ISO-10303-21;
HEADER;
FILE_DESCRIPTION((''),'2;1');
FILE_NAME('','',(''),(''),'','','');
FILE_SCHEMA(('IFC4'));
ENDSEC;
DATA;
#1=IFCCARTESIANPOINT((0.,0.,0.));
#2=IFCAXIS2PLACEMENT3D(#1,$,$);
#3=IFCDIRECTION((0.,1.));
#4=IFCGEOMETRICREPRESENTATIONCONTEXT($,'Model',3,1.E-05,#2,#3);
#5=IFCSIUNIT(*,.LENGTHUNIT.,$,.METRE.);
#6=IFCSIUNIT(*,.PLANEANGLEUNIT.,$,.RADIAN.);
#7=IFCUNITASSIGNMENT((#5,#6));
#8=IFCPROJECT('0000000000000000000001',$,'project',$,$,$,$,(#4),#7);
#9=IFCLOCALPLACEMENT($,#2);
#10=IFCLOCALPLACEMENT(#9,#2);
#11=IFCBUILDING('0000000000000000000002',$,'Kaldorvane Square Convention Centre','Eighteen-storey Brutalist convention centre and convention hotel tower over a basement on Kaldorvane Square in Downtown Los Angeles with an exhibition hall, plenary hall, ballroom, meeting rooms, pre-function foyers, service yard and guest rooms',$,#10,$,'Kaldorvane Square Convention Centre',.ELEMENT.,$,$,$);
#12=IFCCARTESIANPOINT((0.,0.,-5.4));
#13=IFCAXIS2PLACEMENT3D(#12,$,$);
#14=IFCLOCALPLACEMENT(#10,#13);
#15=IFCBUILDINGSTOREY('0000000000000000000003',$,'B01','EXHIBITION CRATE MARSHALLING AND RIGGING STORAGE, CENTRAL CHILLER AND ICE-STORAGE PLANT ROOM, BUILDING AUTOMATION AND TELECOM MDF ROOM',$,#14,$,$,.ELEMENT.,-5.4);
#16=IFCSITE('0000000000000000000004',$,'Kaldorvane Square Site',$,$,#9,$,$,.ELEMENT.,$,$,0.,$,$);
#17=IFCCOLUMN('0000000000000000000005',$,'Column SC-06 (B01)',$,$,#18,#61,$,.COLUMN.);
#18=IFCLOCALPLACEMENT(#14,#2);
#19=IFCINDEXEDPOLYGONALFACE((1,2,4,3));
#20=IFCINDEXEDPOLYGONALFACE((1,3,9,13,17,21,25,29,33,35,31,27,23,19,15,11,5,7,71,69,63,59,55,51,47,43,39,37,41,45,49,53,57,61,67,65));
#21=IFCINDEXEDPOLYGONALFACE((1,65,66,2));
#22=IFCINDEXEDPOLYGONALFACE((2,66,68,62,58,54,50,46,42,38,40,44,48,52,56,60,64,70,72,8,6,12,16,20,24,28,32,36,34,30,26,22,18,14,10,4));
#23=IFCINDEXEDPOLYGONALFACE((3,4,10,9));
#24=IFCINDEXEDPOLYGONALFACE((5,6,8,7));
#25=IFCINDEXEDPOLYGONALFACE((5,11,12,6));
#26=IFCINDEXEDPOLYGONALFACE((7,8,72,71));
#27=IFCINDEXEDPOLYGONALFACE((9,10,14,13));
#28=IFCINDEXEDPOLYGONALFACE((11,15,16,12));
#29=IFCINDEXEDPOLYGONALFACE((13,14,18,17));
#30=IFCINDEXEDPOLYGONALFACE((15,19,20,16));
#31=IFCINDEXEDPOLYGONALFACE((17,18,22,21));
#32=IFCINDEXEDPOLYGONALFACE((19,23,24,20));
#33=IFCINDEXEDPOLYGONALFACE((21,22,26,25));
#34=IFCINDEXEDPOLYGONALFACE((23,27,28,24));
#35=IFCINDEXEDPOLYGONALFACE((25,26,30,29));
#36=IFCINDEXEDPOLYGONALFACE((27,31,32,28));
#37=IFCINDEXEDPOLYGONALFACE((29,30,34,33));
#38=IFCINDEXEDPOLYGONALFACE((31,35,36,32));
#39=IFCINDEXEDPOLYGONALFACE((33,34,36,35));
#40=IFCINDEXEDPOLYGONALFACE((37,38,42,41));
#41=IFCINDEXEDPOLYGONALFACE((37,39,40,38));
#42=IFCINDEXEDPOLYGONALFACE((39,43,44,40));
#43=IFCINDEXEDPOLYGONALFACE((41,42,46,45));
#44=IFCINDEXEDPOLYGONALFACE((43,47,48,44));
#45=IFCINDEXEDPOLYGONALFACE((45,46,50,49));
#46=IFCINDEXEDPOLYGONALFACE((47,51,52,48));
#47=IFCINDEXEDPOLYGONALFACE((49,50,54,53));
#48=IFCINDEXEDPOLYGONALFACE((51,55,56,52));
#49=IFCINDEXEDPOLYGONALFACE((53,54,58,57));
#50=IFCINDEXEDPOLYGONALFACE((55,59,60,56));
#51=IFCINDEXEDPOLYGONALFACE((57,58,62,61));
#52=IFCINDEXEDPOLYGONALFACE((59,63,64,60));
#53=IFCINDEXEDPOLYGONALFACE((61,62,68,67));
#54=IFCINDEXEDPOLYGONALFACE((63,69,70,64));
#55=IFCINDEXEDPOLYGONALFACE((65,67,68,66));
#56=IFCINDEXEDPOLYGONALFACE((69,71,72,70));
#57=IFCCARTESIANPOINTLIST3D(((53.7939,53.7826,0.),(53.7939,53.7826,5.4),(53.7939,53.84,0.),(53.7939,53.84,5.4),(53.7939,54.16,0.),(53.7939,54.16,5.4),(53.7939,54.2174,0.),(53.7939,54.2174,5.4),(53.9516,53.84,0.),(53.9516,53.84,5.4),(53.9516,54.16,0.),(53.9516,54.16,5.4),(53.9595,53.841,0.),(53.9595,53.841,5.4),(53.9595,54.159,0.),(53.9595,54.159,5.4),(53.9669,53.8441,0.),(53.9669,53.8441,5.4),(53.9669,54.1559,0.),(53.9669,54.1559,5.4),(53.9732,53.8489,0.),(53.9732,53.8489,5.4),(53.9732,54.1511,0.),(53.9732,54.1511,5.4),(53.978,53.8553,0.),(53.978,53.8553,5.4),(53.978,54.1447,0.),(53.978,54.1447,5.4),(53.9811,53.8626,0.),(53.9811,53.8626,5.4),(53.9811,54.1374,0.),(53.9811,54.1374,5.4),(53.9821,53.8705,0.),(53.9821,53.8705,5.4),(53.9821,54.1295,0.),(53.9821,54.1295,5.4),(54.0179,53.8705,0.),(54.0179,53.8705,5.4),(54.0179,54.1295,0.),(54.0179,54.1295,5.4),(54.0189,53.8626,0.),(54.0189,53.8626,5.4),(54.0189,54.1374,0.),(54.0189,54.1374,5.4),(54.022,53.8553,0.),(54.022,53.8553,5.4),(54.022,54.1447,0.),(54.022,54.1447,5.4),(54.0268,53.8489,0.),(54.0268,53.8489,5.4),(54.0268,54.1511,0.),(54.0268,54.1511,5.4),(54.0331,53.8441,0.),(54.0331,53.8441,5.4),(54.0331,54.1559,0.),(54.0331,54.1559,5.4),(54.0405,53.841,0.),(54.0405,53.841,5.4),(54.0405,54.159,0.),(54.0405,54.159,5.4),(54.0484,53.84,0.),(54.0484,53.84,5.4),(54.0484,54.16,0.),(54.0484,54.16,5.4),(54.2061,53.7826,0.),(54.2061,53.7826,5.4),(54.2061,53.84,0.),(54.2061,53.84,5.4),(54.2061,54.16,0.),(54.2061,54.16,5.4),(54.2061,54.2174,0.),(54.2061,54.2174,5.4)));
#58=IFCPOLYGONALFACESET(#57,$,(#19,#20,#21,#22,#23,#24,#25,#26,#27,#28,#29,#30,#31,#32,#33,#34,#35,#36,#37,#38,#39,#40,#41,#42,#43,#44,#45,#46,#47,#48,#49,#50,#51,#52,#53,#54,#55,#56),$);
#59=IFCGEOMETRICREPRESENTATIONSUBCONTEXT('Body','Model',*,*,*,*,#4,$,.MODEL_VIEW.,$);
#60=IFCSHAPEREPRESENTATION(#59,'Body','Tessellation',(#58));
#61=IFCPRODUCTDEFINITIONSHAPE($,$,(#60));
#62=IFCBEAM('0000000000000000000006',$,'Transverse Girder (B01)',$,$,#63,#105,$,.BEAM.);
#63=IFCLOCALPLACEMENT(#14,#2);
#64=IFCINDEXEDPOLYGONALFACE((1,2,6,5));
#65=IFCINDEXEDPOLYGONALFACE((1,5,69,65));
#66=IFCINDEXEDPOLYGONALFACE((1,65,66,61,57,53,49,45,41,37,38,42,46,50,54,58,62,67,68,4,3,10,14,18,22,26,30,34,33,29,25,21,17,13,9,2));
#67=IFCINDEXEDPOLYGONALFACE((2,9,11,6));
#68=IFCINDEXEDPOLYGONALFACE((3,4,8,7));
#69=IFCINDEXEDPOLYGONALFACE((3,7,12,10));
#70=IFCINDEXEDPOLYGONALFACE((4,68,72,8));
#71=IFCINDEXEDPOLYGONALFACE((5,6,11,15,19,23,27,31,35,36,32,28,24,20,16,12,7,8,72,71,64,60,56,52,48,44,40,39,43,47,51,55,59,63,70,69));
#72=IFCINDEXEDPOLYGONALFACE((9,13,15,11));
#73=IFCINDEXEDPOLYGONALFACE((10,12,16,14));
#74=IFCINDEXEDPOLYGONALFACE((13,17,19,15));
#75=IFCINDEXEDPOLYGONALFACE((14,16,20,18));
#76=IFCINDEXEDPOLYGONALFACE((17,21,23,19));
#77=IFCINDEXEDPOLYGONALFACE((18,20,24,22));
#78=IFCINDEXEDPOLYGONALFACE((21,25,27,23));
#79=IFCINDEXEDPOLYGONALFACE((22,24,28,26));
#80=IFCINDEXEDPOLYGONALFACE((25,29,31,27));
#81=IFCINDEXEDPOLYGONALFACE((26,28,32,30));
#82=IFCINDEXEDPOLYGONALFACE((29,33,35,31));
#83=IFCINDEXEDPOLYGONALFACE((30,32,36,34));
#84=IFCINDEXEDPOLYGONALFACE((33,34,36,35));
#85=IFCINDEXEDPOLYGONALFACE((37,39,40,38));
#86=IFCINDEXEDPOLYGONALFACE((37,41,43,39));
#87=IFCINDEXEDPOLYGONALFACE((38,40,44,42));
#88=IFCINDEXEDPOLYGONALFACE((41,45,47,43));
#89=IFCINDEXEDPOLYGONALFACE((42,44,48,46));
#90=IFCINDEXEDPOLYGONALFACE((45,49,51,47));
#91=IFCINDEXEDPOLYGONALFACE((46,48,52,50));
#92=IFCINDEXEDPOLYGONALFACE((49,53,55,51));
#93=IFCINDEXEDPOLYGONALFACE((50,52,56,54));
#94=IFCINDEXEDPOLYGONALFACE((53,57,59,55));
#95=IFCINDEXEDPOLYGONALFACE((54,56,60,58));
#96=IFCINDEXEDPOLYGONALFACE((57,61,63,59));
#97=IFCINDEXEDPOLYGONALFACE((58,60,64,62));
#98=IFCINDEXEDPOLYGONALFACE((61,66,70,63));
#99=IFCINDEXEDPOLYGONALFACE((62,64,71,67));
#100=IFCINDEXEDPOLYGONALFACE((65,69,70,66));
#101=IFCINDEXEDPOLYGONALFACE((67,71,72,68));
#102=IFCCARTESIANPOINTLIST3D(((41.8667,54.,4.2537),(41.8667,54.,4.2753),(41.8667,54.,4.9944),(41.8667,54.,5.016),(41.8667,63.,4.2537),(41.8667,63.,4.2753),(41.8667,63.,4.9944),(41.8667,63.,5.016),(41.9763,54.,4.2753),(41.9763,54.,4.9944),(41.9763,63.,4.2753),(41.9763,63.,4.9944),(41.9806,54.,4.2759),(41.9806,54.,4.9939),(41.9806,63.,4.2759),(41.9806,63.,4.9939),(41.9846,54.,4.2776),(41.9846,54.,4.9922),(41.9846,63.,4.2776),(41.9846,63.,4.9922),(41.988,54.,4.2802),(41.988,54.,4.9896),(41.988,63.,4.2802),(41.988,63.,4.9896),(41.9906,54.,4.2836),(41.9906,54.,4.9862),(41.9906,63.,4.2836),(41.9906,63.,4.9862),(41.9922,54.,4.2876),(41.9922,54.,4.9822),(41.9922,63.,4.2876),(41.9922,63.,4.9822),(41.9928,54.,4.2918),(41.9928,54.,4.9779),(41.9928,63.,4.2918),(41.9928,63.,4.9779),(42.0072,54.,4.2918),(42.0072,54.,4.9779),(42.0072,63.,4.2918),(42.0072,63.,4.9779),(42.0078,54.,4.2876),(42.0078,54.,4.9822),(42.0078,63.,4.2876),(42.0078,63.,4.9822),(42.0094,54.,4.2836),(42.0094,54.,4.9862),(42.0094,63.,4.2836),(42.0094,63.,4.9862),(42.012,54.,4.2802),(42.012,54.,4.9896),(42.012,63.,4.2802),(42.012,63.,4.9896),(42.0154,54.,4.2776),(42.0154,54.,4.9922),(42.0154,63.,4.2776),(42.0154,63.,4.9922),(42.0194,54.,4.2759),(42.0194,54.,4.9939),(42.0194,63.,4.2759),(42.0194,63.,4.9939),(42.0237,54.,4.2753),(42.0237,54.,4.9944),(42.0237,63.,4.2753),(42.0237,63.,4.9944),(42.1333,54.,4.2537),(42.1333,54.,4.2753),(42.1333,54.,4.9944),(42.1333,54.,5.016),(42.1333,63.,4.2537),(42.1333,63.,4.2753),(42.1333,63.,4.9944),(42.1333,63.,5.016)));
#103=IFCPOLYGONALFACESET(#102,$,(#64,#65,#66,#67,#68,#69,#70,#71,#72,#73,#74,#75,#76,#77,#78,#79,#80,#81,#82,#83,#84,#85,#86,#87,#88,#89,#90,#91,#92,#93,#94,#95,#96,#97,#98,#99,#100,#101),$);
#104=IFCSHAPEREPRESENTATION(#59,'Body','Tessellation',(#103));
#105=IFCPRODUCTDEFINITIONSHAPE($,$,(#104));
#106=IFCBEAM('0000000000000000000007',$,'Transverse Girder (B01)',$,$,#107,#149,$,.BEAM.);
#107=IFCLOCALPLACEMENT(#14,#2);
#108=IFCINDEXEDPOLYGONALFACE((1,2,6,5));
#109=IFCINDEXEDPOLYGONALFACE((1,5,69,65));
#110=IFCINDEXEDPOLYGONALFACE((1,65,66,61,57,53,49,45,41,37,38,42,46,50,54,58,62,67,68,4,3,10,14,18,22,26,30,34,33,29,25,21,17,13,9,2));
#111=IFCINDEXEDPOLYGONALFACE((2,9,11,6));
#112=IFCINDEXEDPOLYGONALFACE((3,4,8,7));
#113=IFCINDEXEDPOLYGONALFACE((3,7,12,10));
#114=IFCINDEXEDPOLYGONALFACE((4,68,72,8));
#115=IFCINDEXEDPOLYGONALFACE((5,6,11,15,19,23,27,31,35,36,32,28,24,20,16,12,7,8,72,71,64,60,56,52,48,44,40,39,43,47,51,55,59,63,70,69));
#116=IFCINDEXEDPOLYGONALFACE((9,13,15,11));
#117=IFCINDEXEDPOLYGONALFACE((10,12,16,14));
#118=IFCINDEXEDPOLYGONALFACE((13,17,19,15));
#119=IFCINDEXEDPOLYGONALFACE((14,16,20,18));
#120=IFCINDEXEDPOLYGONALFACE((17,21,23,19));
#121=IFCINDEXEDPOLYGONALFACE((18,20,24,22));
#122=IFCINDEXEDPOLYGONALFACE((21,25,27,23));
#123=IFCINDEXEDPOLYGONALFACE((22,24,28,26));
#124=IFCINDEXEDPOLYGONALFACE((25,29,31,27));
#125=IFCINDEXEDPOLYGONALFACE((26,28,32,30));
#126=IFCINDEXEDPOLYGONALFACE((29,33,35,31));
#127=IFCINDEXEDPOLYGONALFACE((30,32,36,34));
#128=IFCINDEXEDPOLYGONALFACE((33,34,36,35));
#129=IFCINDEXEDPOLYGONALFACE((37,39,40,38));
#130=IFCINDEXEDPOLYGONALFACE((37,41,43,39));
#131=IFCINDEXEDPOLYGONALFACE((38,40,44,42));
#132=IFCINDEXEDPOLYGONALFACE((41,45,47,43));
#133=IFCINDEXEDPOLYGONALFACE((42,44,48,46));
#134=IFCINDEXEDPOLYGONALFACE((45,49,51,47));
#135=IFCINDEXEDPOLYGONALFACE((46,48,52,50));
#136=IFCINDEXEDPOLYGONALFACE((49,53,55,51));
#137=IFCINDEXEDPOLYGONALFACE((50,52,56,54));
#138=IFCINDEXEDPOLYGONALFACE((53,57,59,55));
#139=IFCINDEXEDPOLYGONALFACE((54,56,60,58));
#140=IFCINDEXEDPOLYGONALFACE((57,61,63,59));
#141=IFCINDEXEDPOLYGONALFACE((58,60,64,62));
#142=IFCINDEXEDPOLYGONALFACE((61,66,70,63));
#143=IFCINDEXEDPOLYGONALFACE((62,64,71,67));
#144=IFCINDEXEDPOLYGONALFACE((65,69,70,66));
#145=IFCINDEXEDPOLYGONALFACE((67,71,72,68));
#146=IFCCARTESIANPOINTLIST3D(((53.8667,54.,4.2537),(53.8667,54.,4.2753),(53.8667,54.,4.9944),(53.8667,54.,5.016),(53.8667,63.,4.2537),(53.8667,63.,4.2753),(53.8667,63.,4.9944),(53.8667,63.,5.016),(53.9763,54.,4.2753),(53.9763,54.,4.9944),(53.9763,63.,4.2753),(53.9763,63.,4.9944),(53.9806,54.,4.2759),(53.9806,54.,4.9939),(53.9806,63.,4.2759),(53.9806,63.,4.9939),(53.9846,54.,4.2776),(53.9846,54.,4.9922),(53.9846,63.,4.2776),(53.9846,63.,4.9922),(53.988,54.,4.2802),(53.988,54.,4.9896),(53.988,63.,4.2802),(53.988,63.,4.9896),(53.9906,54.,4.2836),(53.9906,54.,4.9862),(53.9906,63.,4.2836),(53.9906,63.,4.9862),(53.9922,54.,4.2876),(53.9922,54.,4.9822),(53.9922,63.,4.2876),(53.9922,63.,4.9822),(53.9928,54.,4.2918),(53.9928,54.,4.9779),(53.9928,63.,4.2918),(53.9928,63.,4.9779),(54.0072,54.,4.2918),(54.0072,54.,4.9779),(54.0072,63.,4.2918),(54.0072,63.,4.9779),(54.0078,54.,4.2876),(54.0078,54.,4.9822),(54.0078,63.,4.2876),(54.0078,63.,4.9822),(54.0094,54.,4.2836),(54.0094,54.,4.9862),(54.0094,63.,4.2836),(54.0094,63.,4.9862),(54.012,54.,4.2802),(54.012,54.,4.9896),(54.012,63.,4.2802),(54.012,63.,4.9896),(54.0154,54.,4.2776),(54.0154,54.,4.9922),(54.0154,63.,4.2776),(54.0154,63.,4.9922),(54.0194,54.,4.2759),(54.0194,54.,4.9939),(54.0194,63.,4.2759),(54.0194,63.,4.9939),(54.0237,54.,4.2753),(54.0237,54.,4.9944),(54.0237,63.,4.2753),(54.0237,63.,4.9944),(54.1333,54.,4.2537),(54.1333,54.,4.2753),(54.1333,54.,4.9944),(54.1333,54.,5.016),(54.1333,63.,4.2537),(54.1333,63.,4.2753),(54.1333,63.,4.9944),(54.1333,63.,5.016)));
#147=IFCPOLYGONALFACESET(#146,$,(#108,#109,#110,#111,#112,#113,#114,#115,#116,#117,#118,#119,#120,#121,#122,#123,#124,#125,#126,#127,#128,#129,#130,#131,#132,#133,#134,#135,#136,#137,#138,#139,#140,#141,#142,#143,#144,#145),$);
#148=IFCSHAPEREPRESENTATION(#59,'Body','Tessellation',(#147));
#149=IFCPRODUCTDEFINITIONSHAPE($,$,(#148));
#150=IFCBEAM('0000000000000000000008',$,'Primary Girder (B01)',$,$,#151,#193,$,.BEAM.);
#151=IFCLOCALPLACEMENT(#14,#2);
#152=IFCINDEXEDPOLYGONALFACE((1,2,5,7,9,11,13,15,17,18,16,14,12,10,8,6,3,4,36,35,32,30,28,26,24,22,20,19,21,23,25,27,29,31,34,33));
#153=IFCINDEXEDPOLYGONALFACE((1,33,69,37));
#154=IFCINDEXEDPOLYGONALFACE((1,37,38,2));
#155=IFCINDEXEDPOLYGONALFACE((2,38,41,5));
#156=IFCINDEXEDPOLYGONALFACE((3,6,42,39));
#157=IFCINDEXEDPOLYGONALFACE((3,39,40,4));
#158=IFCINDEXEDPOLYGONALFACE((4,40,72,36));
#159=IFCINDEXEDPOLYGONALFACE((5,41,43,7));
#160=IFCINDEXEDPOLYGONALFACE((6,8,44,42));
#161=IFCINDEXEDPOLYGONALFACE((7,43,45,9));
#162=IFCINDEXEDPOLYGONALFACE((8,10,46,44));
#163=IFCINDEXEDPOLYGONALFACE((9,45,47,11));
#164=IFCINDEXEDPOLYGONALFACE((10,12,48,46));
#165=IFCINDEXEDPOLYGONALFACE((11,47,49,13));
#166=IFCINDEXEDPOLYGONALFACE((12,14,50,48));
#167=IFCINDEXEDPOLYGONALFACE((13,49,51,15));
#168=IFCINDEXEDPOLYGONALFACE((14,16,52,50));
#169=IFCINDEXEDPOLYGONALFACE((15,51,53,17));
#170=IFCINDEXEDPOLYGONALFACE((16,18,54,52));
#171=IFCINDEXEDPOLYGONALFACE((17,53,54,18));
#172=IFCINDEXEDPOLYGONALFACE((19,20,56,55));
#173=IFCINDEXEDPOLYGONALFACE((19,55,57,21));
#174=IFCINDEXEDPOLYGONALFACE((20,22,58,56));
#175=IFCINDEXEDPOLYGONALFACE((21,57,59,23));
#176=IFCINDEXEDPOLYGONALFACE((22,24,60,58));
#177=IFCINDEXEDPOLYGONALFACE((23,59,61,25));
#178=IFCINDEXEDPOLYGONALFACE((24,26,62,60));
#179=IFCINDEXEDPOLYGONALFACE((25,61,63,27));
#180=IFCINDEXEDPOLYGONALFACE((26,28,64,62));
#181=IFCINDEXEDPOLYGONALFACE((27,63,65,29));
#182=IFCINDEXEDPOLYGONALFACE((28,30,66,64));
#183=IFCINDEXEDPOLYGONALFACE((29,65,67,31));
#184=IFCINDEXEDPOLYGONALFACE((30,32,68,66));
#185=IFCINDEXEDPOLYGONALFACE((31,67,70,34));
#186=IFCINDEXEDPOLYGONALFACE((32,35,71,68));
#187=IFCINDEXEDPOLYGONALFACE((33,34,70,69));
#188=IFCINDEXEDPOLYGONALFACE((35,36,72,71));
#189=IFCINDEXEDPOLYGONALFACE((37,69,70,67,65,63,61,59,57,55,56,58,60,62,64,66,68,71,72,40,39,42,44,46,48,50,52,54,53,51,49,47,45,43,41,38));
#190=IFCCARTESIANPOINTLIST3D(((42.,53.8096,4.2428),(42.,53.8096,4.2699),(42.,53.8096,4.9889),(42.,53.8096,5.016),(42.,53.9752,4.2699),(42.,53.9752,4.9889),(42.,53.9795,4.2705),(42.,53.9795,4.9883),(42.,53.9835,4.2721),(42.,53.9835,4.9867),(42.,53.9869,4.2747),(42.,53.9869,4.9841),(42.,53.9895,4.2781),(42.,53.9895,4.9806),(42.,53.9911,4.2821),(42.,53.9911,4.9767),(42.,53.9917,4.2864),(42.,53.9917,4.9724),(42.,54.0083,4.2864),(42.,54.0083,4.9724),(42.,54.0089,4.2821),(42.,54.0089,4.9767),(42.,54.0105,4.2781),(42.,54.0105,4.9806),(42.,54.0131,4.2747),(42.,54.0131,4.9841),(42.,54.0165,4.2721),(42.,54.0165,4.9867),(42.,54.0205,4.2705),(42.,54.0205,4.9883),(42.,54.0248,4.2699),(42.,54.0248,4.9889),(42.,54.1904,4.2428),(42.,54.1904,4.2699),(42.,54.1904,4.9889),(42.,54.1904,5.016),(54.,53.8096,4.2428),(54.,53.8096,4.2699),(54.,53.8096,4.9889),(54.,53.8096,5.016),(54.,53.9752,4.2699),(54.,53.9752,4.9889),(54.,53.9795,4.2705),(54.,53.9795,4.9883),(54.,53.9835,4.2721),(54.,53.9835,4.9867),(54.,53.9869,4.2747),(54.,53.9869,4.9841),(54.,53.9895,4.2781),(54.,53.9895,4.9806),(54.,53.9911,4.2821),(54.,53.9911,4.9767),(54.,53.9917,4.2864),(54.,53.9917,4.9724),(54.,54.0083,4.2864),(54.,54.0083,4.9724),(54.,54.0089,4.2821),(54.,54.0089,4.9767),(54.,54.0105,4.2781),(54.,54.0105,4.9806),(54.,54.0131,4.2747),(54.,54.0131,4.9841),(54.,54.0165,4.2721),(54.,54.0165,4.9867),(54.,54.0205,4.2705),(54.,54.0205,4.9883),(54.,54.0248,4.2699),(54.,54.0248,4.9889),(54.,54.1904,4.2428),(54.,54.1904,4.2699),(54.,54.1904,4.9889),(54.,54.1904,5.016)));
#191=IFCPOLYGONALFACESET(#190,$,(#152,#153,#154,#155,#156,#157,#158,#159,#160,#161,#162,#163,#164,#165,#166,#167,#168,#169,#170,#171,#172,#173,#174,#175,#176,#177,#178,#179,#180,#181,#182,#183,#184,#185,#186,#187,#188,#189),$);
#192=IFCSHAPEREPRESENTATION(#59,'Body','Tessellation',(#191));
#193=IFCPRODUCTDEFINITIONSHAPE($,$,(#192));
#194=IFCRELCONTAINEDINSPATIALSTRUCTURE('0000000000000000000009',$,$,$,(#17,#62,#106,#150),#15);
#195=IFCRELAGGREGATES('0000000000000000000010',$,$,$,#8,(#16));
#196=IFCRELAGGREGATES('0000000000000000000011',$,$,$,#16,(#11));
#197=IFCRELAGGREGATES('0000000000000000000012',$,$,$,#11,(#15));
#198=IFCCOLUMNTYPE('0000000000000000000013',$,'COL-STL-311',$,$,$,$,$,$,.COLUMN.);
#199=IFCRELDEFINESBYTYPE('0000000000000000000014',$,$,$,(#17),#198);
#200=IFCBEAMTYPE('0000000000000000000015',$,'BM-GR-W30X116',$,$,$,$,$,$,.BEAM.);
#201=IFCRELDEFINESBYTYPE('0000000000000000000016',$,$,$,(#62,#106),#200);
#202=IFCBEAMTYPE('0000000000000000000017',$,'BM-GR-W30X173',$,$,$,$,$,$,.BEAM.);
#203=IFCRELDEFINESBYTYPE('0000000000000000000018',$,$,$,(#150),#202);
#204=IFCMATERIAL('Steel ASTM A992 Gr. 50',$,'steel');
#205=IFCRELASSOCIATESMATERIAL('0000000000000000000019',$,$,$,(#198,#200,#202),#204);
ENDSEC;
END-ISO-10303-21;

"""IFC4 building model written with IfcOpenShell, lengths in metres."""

from ifc_helpers import new_model, si_unit, direction, frame, origin, origin_2d, place, context, subcontext, project, spatial, i_section, extrude, material, material_profile, profile_set, type_object, element, save


model = new_model("IFC4")

# Units and contexts
model_context = context("Model", 3, precision=1e-05, world=origin(), true_north=direction((0.0, 1.0)))
body_context = subcontext(model_context, "Body", "Model", "MODEL_VIEW")
ifc_project = project(units=[si_unit("LENGTHUNIT", "METRE"), si_unit("PLANEANGLEUNIT", "RADIAN")], contexts=[model_context])

# Site, building, storey
site_placement = place(None, origin())
site = spatial("IfcSite", under=ifc_project, at=site_placement, Name="Kaldorvane Square Site", CompositionType="ELEMENT", RefElevation=0.0)
building_placement = place(site_placement, origin())
building = spatial("IfcBuilding", under=site, at=building_placement, Name="Kaldorvane Square Convention Centre", Description="Eighteen-storey Brutalist convention centre and convention hotel tower over a basement on Kaldorvane Square in Downtown Los Angeles with an exhibition hall, plenary hall, ballroom, meeting rooms, pre-function foyers, service yard and guest rooms", LongName="Kaldorvane Square Convention Centre", CompositionType="ELEMENT")
storey_placement = place(building_placement, frame((0.0, 0.0, -5.4)))
storey = spatial("IfcBuildingStorey", under=building, at=storey_placement, Name="B01", Description="EXHIBITION CRATE MARSHALLING AND RIGGING STORAGE, CENTRAL CHILLER AND ICE-STORAGE PLANT ROOM, BUILDING AUTOMATION AND TELECOM MDF ROOM", CompositionType="ELEMENT", Elevation=-5.4)

# Column
ifc_material_1 = material(Name="Steel ASTM A992 Gr. 50", Category="steel")
ifc_material_profile_1 = material_profile(ifc_material_1, i_section(OverallWidth=0.4122, OverallDepth=0.4348, WebThickness=0.0358, FlangeThickness=0.0574, FilletRadius=0.0305, at=origin_2d()), Name="W14X311")
ifc_profile_set_1 = profile_set([ifc_material_profile_1], Name="Steel ASTM A992 Gr. 50")
column_type = type_object("IfcColumnType", Name="COL-STL-311", PredefinedType="COLUMN", material=ifc_profile_set_1)
for number, where, z_axis, x_axis, name in (
    (1, (54.0, 54.0, 0.0), (0.0, 0.0, 1.0), (1.0, 0.0, 0.0), "Column SC-06 (B01)"),
):
    element("IfcColumn", number, at=place(storey_placement, frame(where, z_axis=z_axis, x_axis=x_axis)), inside=storey, type_object=column_type, Name=name, PredefinedType="COLUMN", context=body_context, shape_type="SweptSolid", body=[
        extrude(i_section(OverallWidth=0.4122, OverallDepth=0.4348, WebThickness=0.0358, FlangeThickness=0.0574, FilletRadius=0.0305, at=origin_2d()), origin(), (0.0, 0.0, 1.0), 5.4),
    ])

# Beams
ifc_material_profile_2 = material_profile(ifc_material_1, i_section(OverallWidth=0.2666, OverallDepth=0.7623, WebThickness=0.0144, FlangeThickness=0.0216, FilletRadius=0.0165, at=origin_2d()), Name="W30X116")
ifc_profile_set_2 = profile_set([ifc_material_profile_2], Name="Steel ASTM A992 Gr. 50")
beam_type_1 = type_object("IfcBeamType", Name="BM-GR-W30X116", PredefinedType="BEAM", material=ifc_profile_set_2)
for number, where, z_axis, x_axis, name in (
    (2, (42.0, 54.0, 4.6349), (0.0, 1.0, 0.0), (-1.0, 0.0, 0.0), "Transverse Girder (B01)"),
    (3, (54.0, 54.0, 4.6349), (0.0, 1.0, 0.0), (-1.0, 0.0, 0.0), "Transverse Girder (B01)"),
):
    element("IfcBeam", number, at=place(storey_placement, frame(where, z_axis=z_axis, x_axis=x_axis)), inside=storey, type_object=beam_type_1, Name=name, PredefinedType="BEAM", context=body_context, shape_type="SweptSolid", body=[
        extrude(i_section(OverallWidth=0.2666, OverallDepth=0.7623, WebThickness=0.0144, FlangeThickness=0.0216, FilletRadius=0.0165, at=origin_2d()), origin(), (0.0, 0.0, 1.0), 9.0),
    ])
ifc_material_profile_3 = material_profile(ifc_material_1, i_section(OverallWidth=0.3807, OverallDepth=0.7732, WebThickness=0.0166, FlangeThickness=0.0271, FilletRadius=0.0165, at=origin_2d()), Name="W30X173")
ifc_profile_set_3 = profile_set([ifc_material_profile_3], Name="Steel ASTM A992 Gr. 50")
beam_type_2 = type_object("IfcBeamType", Name="BM-GR-W30X173", PredefinedType="BEAM", material=ifc_profile_set_3)
for number, where, z_axis, x_axis, name in (
    (4, (42.0, 54.0, 4.6294), (1.0, 0.0, 0.0), (0.0, 1.0, 0.0), "Primary Girder (B01)"),
):
    element("IfcBeam", number, at=place(storey_placement, frame(where, z_axis=z_axis, x_axis=x_axis)), inside=storey, type_object=beam_type_2, Name=name, PredefinedType="BEAM", context=body_context, shape_type="SweptSolid", body=[
        extrude(i_section(OverallWidth=0.3807, OverallDepth=0.7732, WebThickness=0.0166, FlangeThickness=0.0271, FilletRadius=0.0165, at=origin_2d()), origin(), (0.0, 0.0, 1.0), 12.0),
    ])

save(model, "model.ifc")
